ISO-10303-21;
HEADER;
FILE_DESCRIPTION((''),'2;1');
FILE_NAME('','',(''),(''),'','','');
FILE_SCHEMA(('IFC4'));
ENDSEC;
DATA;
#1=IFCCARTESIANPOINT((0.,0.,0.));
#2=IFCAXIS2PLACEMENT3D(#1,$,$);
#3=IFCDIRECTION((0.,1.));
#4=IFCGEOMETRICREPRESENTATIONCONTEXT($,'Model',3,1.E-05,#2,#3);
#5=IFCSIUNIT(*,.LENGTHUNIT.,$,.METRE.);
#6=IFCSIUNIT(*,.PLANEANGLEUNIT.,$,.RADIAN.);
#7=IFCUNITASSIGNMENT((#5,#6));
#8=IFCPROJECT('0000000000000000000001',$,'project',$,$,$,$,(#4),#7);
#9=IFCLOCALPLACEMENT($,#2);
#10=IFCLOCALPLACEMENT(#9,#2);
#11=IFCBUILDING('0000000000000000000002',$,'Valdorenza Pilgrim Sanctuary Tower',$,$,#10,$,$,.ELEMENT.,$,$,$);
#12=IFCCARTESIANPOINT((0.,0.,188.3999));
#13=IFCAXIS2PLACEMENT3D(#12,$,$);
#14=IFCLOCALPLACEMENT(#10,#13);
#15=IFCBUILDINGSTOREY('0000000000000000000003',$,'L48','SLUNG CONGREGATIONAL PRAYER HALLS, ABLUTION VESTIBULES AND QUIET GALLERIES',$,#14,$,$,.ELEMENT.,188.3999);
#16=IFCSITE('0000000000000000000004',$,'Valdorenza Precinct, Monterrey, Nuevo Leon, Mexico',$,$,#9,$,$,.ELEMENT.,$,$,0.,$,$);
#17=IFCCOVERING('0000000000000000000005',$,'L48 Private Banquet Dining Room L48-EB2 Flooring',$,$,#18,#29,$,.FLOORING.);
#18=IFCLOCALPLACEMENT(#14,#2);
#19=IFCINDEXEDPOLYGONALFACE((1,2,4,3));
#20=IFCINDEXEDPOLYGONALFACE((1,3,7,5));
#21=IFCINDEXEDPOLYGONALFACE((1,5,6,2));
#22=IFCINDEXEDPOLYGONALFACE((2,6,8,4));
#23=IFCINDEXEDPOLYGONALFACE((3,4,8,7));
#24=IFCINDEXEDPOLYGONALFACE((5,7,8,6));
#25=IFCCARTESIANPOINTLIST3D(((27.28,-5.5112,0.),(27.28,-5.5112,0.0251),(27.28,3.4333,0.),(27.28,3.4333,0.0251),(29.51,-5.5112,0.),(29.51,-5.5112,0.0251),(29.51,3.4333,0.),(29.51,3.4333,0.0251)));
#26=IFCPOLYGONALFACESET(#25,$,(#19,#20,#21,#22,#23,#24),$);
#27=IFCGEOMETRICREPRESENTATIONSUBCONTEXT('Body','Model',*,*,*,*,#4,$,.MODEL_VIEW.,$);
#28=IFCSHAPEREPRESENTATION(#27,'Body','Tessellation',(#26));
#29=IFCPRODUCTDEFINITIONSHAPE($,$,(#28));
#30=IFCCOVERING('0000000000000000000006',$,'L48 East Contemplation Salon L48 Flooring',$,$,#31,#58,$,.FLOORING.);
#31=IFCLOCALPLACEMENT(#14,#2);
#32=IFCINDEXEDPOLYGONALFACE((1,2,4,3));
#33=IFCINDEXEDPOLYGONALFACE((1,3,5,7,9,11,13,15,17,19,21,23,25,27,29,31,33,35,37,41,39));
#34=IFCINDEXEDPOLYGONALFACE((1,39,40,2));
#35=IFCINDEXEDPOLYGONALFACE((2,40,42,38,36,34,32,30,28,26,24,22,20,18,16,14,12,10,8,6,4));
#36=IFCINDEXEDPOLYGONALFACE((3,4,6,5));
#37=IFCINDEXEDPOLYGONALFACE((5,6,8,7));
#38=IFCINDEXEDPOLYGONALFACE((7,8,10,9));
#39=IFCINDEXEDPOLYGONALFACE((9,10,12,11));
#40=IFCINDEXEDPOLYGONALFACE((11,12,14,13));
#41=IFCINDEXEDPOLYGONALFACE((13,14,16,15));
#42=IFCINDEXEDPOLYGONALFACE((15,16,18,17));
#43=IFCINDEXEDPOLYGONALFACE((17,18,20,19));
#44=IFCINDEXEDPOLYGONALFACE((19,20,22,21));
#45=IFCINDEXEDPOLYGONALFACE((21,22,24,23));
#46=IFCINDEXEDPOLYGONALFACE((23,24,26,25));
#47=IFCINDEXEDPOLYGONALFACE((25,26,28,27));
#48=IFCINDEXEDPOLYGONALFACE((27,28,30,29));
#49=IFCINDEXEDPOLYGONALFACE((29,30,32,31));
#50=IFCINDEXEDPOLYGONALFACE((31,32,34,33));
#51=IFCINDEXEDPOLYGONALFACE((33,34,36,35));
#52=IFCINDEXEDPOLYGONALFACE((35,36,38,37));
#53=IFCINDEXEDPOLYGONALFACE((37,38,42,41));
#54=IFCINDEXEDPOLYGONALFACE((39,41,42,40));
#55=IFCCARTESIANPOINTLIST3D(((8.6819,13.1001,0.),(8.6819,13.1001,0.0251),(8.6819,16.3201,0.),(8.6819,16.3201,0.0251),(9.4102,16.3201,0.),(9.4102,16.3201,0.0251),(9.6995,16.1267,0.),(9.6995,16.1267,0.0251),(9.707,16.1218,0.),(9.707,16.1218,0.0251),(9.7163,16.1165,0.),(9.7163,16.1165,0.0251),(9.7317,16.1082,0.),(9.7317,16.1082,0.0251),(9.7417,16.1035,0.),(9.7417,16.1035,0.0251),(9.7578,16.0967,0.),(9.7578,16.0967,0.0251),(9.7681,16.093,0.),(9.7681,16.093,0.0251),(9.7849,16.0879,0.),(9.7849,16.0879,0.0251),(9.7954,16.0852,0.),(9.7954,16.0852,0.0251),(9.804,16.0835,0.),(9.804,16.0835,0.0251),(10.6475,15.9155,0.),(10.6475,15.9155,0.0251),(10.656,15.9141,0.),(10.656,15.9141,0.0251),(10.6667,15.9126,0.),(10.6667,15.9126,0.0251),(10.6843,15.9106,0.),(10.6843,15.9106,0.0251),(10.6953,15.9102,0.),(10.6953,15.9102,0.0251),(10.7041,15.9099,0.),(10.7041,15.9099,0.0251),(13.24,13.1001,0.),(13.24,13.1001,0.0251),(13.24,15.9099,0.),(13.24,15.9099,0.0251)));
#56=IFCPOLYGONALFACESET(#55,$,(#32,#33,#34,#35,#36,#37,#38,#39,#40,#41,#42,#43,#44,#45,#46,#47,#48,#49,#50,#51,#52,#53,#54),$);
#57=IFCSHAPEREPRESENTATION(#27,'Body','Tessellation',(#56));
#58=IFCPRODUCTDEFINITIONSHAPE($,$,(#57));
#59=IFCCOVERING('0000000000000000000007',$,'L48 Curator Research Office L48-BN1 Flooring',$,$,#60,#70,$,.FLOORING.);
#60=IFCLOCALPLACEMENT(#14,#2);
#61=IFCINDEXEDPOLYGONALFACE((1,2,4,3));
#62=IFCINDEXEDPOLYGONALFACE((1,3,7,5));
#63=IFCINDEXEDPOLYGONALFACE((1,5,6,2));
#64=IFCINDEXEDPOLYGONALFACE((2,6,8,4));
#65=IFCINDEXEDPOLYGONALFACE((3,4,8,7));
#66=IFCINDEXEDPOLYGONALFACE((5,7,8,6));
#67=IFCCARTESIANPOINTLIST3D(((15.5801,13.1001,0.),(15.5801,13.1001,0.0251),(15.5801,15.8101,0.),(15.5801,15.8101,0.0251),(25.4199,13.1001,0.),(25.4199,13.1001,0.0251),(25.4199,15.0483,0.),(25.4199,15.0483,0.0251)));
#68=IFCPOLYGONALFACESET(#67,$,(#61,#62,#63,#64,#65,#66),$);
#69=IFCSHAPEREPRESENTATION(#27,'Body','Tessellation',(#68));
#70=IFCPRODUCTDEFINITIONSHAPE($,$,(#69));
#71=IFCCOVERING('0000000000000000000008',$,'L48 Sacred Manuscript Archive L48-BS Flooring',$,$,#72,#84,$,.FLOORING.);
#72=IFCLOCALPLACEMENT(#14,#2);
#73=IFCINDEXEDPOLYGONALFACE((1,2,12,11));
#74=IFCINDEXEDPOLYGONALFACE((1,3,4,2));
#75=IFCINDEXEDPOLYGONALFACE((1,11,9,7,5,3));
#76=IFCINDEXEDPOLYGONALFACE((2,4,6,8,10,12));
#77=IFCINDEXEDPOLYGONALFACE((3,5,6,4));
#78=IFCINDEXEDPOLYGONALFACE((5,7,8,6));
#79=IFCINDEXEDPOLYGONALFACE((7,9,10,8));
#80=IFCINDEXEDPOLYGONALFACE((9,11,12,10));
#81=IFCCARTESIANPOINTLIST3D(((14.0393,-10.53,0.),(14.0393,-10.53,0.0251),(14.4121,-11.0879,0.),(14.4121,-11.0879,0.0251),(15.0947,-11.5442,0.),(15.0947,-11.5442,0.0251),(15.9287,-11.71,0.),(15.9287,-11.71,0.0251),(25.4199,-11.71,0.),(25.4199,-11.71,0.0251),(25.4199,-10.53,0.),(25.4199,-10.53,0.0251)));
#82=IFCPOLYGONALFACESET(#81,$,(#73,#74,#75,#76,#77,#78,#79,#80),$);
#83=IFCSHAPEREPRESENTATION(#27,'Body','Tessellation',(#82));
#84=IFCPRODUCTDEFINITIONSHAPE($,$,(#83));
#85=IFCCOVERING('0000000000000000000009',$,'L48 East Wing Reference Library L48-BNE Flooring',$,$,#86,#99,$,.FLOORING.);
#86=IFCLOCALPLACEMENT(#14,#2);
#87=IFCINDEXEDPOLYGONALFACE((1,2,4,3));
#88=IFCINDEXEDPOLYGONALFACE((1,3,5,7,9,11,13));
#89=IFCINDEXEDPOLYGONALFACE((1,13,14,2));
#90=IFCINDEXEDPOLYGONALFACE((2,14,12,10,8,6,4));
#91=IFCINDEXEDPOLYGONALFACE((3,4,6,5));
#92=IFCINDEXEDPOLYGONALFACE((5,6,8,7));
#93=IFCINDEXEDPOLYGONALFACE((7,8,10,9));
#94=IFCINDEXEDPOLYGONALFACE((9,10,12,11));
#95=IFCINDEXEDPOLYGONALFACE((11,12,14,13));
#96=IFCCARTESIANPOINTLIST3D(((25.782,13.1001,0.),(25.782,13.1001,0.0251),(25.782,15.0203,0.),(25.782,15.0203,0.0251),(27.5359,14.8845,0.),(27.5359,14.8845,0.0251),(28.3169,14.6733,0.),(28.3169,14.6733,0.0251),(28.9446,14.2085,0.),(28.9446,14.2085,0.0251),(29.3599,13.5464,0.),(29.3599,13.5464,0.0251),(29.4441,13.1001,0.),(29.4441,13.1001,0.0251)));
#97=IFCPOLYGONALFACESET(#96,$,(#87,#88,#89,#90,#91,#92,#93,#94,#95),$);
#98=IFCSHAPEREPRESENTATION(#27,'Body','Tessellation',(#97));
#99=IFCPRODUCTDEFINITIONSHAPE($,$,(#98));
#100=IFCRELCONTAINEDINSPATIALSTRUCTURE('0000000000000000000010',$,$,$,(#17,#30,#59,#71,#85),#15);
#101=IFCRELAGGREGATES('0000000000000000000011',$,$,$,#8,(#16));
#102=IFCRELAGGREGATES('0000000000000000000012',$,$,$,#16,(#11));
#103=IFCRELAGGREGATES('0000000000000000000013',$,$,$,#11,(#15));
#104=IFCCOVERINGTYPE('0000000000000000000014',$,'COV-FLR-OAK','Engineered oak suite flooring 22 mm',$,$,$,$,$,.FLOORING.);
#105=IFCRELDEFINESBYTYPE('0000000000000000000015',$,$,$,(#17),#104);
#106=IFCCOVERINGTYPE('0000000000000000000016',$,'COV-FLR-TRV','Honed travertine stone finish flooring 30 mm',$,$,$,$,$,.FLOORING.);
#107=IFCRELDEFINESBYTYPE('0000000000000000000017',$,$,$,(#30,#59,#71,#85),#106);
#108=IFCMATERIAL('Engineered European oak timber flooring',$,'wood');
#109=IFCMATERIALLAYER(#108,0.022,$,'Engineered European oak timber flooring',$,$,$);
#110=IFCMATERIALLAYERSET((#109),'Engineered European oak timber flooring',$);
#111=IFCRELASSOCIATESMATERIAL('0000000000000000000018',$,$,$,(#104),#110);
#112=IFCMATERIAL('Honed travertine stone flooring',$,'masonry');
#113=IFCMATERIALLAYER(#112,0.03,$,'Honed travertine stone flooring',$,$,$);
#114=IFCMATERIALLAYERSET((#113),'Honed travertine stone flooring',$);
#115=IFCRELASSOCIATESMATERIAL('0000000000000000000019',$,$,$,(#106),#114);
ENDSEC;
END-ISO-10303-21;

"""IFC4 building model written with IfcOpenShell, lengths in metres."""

from ifc_helpers import new_model, si_unit, direction, frame, origin, place, context, subcontext, project, spatial, polyline, outline, extrude, material, layer, layer_set, type_object, element, save


model = new_model("IFC4")

# Units and contexts
model_context = context("Model", 3, precision=1e-05, world=origin(), true_north=direction((0.0, 1.0)))
body_context = subcontext(model_context, "Body", "Model", "MODEL_VIEW")
ifc_project = project(units=[si_unit("LENGTHUNIT", "METRE"), si_unit("PLANEANGLEUNIT", "RADIAN")], contexts=[model_context])

# Site, building, storey
site_placement = place(None, origin())
site = spatial("IfcSite", under=ifc_project, at=site_placement, Name="Valdorenza Precinct, Monterrey, Nuevo Leon, Mexico", CompositionType="ELEMENT", RefElevation=0.0)
building_placement = place(site_placement, origin())
building = spatial("IfcBuilding", under=site, at=building_placement, Name="Valdorenza Pilgrim Sanctuary Tower", CompositionType="ELEMENT")
storey_placement = place(building_placement, frame((0.0, 0.0, 188.3999)))
storey = spatial("IfcBuildingStorey", under=building, at=storey_placement, Name="L48", Description="SLUNG CONGREGATIONAL PRAYER HALLS, ABLUTION VESTIBULES AND QUIET GALLERIES", CompositionType="ELEMENT", Elevation=188.3999)

# Coverings
ifc_material_1 = material(Name="Engineered European oak timber flooring", Category="wood")
ifc_layer_1 = layer(ifc_material_1, 0.022, Name="Engineered European oak timber flooring")
ifc_layer_set_1 = layer_set([ifc_layer_1], Name="Engineered European oak timber flooring")
covering_type_1 = type_object("IfcCoveringType", Name="COV-FLR-OAK", Description="Engineered oak suite flooring 22 mm", PredefinedType="FLOORING", material=ifc_layer_set_1)
covering_1_placement = place(storey_placement, origin())
element("IfcCovering", 1, at=covering_1_placement, inside=storey, type_object=covering_type_1, Name="L48 Private Banquet Dining Room L48-EB2 Flooring", PredefinedType="FLOORING", context=body_context, shape_type="SweptSolid", body=[
    extrude(outline(polyline([(27.28, 3.4333), (29.51, 3.4333), (29.51, -5.5112), (27.28, -5.5112), (27.28, 3.4333)])), origin(), (0.0, 0.0, 1.0), 0.0251),
])
ifc_material_2 = material(Name="Honed travertine stone flooring", Category="masonry")
ifc_layer_2 = layer(ifc_material_2, 0.03, Name="Honed travertine stone flooring")
ifc_layer_set_2 = layer_set([ifc_layer_2], Name="Honed travertine stone flooring")
covering_type_2 = type_object("IfcCoveringType", Name="COV-FLR-TRV", Description="Honed travertine stone finish flooring 30 mm", PredefinedType="FLOORING", material=ifc_layer_set_2)
covering_2_placement = place(storey_placement, origin())
element("IfcCovering", 2, at=covering_2_placement, inside=storey, type_object=covering_type_2, Name="L48 East Contemplation Salon L48 Flooring", PredefinedType="FLOORING", context=body_context, shape_type="SweptSolid", body=[
    extrude(outline(polyline([(8.6819, 13.1001), (8.6819, 16.3201), (9.4102, 16.3201), (9.6995, 16.1267), (9.707, 16.1218), (9.7163, 16.1165), (9.7317, 16.1082), (9.7417, 16.1035), (9.7578, 16.0967), (9.7681, 16.093), (9.7849, 16.0879), (9.7954, 16.0852), (9.804, 16.0835), (10.6475, 15.9155), (10.656, 15.9141), (10.6667, 15.9126), (10.6843, 15.9106), (10.6953, 15.9102), (10.7041, 15.9099), (13.24, 15.9099), (13.24, 13.1001), (8.6819, 13.1001)])), origin(), (0.0, 0.0, 1.0), 0.0251),
])
covering_3_placement = place(storey_placement, origin())
element("IfcCovering", 3, at=covering_3_placement, inside=storey, type_object=covering_type_2, Name="L48 Curator Research Office L48-BN1 Flooring", PredefinedType="FLOORING", context=body_context, shape_type="SweptSolid", body=[
    extrude(outline(polyline([(15.5801, 13.1001), (15.5801, 15.8101), (25.4199, 15.0483), (25.4199, 13.1001), (15.5801, 13.1001)])), origin(), (0.0, 0.0, 1.0), 0.0251),
])
covering_4_placement = place(storey_placement, origin())
element("IfcCovering", 4, at=covering_4_placement, inside=storey, type_object=covering_type_2, Name="L48 Sacred Manuscript Archive L48-BS Flooring", PredefinedType="FLOORING", context=body_context, shape_type="SweptSolid", body=[
    extrude(outline(polyline([(14.0393, -10.53), (25.4199, -10.53), (25.4199, -11.71), (15.9287, -11.71), (15.0947, -11.5442), (14.4121, -11.0879), (14.0393, -10.53)])), origin(), (0.0, 0.0, 1.0), 0.0251),
])
covering_5_placement = place(storey_placement, origin())
element("IfcCovering", 5, at=covering_5_placement, inside=storey, type_object=covering_type_2, Name="L48 East Wing Reference Library L48-BNE Flooring", PredefinedType="FLOORING", context=body_context, shape_type="SweptSolid", body=[
    extrude(outline(polyline([(27.5359, 14.8845), (28.3169, 14.6733), (28.9446, 14.2085), (29.3599, 13.5464), (29.4441, 13.1001), (25.782, 13.1001), (25.782, 15.0203), (27.5359, 14.8845)])), origin(), (0.0, 0.0, 1.0), 0.0251),
])

save(model, "model.ifc")
